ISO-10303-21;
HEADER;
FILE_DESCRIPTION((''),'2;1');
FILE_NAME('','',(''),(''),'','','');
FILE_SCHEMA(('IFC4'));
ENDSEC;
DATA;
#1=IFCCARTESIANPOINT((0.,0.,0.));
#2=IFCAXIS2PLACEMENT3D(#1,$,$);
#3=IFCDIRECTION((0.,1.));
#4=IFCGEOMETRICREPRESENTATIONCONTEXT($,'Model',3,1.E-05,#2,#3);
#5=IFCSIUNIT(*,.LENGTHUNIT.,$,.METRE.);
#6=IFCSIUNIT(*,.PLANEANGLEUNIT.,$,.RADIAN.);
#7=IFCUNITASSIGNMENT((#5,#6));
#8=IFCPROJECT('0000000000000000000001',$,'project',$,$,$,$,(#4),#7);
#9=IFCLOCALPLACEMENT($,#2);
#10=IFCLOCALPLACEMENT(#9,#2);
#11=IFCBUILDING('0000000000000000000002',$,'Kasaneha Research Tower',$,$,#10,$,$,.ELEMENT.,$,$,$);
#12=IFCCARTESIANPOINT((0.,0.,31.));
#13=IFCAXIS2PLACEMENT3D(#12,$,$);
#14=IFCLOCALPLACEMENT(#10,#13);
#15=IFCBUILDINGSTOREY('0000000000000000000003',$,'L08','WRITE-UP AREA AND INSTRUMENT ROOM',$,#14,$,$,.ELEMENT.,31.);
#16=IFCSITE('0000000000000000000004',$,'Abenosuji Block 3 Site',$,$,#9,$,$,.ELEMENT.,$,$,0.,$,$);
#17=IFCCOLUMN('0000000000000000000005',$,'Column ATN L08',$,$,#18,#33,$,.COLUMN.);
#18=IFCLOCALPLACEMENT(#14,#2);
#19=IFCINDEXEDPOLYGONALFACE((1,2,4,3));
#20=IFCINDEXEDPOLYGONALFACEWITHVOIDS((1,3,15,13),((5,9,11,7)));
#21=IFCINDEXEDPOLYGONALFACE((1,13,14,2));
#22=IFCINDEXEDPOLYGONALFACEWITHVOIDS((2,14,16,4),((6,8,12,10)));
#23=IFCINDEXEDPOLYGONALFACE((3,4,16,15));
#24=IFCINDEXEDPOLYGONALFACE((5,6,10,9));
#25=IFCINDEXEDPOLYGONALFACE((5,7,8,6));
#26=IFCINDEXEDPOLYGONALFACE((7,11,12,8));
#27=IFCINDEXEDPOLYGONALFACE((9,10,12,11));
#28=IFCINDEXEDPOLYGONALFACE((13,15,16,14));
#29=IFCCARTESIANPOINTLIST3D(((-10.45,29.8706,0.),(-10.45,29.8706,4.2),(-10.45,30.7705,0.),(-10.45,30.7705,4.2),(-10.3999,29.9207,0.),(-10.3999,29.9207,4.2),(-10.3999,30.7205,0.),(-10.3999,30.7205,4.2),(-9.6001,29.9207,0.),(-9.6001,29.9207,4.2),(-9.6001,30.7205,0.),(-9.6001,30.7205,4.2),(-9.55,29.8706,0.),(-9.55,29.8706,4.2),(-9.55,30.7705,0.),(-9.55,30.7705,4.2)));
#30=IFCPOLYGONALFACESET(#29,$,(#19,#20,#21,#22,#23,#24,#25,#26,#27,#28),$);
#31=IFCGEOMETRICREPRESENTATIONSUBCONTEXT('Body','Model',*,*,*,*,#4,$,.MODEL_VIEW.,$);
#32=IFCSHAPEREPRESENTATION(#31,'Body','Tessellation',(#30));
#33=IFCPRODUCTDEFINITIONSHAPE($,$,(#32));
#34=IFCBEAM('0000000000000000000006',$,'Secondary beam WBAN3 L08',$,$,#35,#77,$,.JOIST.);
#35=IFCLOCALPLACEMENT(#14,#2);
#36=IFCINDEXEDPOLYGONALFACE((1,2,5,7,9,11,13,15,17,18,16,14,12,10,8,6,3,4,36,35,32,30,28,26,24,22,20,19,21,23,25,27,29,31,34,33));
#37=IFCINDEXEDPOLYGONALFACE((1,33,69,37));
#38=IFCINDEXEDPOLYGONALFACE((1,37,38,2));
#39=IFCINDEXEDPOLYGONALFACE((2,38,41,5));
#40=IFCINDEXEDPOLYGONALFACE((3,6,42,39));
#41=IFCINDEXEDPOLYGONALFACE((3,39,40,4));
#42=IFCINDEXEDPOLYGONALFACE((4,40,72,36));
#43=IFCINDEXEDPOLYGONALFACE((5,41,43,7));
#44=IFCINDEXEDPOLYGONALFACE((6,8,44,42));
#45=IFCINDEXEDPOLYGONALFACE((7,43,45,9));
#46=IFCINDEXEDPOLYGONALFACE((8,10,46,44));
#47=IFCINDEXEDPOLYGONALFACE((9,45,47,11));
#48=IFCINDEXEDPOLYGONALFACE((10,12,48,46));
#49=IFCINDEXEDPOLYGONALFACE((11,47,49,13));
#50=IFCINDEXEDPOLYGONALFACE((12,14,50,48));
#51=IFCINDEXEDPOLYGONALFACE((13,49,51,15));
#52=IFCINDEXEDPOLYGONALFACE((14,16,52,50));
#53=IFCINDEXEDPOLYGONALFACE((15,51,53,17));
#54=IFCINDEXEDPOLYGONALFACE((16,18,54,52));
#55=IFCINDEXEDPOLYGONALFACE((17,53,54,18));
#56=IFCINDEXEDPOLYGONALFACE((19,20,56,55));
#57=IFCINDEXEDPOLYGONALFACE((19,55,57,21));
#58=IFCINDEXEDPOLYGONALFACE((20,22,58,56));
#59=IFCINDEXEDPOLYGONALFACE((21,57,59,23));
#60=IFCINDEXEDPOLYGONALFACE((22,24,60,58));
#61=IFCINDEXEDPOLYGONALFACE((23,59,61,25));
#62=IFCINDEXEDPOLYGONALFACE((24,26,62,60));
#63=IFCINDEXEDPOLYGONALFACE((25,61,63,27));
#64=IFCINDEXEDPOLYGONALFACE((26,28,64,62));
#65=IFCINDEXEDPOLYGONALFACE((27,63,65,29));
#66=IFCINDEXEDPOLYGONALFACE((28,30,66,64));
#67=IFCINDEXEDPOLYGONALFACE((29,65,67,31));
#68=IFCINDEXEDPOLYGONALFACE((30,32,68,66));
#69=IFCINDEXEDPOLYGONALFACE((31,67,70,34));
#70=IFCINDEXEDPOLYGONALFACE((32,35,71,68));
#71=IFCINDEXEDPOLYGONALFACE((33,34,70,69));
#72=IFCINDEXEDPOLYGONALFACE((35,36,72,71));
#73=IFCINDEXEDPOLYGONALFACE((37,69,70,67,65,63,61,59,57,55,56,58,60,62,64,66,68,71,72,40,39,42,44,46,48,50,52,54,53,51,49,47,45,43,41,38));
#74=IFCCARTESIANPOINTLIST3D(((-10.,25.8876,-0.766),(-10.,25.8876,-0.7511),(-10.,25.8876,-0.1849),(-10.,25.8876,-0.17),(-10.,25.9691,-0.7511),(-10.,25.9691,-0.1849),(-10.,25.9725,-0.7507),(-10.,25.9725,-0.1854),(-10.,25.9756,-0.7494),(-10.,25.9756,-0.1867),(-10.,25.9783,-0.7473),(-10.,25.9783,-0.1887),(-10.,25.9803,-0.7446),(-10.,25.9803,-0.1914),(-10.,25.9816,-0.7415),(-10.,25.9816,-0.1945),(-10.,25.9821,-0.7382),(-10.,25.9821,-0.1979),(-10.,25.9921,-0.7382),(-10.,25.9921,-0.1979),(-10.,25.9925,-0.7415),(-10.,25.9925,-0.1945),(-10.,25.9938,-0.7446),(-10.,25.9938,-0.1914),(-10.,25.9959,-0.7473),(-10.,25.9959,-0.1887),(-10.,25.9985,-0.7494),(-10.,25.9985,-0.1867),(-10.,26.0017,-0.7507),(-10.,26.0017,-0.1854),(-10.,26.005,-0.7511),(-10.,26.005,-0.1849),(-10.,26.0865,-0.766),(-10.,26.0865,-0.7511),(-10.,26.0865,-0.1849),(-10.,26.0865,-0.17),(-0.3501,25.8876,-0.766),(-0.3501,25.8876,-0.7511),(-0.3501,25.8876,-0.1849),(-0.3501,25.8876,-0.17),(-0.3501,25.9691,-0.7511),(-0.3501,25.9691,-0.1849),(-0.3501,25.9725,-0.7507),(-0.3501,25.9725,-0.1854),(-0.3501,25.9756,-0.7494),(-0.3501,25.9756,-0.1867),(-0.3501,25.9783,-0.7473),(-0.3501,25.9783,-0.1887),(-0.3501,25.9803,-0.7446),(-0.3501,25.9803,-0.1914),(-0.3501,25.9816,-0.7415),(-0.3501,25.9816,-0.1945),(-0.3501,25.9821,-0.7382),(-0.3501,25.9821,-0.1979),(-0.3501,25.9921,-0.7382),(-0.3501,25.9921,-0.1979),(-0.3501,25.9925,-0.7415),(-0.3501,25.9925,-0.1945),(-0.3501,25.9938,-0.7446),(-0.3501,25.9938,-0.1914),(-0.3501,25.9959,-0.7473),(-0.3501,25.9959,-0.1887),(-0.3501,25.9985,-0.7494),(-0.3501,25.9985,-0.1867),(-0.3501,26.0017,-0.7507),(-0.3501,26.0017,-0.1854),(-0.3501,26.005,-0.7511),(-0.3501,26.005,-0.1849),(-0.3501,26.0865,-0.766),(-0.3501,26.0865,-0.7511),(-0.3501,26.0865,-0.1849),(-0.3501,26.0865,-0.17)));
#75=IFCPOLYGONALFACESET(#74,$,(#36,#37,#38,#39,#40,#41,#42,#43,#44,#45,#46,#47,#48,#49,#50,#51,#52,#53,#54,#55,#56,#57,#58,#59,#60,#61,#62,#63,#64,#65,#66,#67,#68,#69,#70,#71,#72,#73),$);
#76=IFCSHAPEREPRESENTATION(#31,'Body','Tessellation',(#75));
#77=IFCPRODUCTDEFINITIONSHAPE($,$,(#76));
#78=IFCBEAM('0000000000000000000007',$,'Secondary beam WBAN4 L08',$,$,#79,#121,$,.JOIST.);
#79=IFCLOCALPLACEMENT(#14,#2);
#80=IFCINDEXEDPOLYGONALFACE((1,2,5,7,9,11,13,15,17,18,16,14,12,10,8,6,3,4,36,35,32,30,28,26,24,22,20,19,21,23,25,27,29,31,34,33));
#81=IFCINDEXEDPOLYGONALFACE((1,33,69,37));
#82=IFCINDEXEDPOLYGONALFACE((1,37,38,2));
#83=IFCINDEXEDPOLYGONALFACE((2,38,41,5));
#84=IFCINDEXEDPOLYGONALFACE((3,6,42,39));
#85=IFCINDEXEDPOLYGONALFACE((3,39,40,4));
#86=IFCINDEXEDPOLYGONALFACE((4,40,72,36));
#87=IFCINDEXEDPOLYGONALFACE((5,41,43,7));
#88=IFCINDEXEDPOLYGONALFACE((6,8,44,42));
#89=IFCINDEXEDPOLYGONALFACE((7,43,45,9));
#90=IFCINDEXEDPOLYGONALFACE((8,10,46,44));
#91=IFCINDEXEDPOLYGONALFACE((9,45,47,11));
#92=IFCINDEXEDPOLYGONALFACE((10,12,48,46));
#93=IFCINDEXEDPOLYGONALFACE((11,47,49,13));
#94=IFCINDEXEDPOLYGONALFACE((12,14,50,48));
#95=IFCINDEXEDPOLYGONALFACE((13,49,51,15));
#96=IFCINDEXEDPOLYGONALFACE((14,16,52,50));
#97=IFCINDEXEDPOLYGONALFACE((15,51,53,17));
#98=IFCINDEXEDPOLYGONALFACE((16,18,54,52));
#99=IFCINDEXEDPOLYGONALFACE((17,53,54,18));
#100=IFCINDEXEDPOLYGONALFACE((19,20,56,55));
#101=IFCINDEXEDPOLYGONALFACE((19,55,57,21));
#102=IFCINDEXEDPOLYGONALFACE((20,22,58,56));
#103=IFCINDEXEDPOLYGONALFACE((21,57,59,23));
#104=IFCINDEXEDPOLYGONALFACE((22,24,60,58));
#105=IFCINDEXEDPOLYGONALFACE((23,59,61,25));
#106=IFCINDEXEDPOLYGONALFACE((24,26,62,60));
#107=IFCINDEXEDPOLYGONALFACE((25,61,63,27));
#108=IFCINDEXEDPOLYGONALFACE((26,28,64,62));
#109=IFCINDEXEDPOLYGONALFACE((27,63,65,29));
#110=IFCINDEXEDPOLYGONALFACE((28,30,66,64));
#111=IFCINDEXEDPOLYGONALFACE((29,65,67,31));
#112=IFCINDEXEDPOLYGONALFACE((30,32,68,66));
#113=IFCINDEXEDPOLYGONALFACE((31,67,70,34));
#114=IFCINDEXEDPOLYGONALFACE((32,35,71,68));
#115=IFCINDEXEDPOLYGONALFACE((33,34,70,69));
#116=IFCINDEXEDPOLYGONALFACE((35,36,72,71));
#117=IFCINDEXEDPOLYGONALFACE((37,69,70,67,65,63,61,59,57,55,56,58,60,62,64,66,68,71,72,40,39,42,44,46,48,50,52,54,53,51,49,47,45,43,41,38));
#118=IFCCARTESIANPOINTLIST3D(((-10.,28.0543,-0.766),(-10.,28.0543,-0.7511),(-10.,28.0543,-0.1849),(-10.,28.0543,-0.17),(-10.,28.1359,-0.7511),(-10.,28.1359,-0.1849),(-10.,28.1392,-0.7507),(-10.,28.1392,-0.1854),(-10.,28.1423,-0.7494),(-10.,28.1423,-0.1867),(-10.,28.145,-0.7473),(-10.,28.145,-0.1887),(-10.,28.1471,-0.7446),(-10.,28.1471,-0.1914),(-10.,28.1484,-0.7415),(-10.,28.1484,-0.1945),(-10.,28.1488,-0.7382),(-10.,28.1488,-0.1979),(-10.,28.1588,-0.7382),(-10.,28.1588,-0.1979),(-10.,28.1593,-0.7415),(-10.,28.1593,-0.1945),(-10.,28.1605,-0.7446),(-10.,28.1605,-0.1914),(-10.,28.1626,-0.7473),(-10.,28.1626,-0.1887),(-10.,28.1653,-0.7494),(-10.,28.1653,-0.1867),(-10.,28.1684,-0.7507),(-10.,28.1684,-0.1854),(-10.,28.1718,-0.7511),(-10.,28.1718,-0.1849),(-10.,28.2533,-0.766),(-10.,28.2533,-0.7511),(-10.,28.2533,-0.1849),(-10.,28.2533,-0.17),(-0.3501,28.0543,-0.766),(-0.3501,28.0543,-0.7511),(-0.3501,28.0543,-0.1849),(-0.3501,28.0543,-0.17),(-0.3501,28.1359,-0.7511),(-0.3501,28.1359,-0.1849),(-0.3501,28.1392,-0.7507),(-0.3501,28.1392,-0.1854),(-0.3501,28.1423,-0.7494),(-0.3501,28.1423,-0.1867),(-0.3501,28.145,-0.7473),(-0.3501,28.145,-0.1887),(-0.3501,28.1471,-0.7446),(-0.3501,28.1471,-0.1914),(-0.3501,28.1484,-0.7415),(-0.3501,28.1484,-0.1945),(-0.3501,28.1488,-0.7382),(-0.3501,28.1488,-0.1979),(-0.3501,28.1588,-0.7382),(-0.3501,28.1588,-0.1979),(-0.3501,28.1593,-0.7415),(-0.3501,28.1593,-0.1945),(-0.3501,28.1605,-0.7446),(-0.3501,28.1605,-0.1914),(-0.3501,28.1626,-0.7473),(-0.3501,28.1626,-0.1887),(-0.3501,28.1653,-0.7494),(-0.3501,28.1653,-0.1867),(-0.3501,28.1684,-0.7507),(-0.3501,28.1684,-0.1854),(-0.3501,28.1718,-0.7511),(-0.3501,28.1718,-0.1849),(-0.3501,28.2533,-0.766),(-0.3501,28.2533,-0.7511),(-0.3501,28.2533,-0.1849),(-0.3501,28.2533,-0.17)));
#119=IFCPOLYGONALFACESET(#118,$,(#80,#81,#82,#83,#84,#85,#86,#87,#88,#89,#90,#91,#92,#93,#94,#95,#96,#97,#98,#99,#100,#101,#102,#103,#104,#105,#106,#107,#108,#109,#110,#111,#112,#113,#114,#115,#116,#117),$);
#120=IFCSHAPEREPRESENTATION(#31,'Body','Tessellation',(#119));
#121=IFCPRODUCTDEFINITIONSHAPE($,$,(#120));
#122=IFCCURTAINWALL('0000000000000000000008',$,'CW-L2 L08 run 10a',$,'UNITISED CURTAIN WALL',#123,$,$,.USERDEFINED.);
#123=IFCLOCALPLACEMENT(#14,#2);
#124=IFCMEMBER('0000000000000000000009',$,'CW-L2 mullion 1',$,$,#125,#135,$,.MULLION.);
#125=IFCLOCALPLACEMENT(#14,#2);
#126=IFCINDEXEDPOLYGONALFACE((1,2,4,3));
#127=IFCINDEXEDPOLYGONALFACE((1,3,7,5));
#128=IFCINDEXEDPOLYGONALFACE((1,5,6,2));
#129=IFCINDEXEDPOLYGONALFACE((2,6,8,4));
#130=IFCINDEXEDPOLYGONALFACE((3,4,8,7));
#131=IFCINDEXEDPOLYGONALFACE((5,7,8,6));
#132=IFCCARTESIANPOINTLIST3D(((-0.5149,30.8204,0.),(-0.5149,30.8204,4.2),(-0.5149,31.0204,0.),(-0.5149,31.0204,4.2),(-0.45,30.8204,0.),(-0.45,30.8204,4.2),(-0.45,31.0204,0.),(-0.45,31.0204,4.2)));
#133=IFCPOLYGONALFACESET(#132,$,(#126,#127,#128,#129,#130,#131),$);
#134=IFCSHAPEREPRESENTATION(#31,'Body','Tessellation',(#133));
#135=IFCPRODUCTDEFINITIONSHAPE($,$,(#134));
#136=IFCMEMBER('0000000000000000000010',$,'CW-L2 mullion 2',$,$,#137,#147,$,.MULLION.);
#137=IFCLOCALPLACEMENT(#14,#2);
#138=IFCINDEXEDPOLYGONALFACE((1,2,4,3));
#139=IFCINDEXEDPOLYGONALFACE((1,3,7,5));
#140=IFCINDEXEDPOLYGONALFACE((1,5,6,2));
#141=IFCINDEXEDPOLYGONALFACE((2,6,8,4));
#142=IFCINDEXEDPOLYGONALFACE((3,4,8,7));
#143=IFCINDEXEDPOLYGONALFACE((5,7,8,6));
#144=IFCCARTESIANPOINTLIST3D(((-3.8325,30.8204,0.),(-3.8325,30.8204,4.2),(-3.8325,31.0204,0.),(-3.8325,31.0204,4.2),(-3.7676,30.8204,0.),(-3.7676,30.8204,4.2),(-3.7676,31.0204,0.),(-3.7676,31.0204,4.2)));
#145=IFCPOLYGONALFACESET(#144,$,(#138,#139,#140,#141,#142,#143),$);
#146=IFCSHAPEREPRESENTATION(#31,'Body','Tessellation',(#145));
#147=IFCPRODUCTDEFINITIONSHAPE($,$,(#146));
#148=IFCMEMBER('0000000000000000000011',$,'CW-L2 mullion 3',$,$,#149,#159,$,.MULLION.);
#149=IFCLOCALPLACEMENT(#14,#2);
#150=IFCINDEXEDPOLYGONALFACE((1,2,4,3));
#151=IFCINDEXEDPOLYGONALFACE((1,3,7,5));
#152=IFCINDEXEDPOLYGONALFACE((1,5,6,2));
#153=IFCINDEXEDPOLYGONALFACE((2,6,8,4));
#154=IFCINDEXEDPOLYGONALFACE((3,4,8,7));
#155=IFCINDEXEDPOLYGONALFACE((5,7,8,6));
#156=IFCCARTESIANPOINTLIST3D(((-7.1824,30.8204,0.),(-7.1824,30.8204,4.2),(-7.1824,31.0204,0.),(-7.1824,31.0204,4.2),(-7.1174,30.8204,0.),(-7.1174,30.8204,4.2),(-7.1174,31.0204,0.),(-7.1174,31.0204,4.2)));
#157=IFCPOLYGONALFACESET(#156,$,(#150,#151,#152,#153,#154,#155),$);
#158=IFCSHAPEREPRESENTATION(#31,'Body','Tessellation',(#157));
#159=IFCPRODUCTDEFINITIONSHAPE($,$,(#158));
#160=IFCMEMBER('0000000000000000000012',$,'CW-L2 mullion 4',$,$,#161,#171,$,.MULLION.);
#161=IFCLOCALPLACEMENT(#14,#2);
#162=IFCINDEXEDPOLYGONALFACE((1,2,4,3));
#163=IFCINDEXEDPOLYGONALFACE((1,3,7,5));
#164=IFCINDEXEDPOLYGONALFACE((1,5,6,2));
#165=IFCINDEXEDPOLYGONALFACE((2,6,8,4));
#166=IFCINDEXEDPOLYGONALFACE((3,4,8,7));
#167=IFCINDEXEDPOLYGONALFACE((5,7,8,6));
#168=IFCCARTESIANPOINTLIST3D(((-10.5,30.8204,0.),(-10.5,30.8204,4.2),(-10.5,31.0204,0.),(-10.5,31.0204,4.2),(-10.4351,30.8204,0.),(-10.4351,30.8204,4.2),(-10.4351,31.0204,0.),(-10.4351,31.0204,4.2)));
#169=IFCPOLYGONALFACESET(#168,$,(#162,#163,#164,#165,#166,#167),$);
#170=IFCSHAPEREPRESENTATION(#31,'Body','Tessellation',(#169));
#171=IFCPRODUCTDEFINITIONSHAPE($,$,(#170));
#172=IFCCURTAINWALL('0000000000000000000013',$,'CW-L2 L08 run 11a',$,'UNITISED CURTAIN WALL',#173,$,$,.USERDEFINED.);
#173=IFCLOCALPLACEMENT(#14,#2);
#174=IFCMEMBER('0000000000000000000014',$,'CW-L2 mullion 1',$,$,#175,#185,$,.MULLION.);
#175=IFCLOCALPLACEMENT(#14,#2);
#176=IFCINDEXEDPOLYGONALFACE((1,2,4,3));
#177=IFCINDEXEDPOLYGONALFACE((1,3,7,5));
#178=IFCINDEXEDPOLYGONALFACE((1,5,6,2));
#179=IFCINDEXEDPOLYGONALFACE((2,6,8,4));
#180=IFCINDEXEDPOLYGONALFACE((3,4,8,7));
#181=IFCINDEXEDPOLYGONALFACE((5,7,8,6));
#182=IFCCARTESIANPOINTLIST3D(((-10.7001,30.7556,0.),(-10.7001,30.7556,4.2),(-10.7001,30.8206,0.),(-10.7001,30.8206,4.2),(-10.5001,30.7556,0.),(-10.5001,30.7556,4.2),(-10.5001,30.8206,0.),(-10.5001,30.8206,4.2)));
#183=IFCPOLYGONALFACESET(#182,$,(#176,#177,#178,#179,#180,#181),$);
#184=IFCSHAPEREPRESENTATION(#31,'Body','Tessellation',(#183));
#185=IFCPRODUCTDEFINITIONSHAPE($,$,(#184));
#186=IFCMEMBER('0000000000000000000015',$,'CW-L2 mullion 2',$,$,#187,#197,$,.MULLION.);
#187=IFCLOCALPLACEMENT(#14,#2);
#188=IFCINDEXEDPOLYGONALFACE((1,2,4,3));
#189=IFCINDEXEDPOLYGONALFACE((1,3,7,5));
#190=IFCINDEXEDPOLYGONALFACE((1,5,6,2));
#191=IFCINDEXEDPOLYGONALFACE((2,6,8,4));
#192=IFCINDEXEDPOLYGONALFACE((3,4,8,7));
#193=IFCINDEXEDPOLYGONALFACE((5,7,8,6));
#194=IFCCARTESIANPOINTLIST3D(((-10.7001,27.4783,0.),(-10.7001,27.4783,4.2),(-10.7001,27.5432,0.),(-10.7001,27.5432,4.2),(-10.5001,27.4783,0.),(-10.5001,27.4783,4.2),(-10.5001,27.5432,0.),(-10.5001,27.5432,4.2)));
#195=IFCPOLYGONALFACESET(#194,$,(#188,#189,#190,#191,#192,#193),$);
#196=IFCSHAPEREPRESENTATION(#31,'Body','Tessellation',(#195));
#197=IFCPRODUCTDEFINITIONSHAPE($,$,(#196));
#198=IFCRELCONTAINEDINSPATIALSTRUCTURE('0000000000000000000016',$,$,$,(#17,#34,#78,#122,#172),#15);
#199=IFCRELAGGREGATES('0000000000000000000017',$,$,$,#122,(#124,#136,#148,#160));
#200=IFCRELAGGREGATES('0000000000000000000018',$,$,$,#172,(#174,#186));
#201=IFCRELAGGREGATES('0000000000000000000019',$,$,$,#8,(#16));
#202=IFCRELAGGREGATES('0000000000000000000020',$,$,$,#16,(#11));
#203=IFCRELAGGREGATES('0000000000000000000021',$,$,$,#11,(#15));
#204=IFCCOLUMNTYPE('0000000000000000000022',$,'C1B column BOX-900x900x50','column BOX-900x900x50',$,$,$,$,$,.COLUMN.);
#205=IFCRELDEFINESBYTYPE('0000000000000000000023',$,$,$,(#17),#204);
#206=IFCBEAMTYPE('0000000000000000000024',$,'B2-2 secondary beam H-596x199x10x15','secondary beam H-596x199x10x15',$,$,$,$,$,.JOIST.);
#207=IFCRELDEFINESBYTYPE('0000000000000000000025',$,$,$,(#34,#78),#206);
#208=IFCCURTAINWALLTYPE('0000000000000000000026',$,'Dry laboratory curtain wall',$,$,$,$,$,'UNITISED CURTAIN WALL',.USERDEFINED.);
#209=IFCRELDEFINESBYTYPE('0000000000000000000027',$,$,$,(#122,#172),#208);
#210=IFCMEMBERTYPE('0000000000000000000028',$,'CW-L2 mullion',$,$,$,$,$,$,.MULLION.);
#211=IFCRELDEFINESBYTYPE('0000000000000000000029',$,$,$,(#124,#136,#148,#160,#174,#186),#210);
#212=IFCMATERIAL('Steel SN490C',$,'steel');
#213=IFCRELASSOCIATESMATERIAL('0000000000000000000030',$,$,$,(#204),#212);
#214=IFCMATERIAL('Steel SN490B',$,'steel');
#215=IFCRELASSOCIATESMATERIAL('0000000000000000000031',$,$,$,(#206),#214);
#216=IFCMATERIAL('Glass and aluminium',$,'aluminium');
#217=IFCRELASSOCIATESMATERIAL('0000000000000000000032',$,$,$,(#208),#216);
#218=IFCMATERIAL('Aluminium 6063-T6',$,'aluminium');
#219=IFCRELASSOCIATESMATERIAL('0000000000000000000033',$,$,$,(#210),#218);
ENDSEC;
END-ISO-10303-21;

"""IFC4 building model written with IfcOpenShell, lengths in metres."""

from ifc_helpers import new_model, si_unit, direction, frame, origin, origin_2d, place, context, subcontext, project, spatial, rectangle, hollow_rectangle, i_section, extrude, material, material_profile, profile_set, type_object, element, aggregate, save


model = new_model("IFC4")

# Units and contexts
model_context = context("Model", 3, precision=1e-05, world=origin(), true_north=direction((0.0, 1.0)))
body_context = subcontext(model_context, "Body", "Model", "MODEL_VIEW")
ifc_project = project(units=[si_unit("LENGTHUNIT", "METRE"), si_unit("PLANEANGLEUNIT", "RADIAN")], contexts=[model_context])

# Site, building, storey
site_placement = place(None, origin())
site = spatial("IfcSite", under=ifc_project, at=site_placement, Name="Abenosuji Block 3 Site", CompositionType="ELEMENT", RefElevation=0.0)
building_placement = place(site_placement, origin())
building = spatial("IfcBuilding", under=site, at=building_placement, Name="Kasaneha Research Tower", CompositionType="ELEMENT")
storey_placement = place(building_placement, frame((0.0, 0.0, 31.0)))
storey = spatial("IfcBuildingStorey", under=building, at=storey_placement, Name="L08", Description="WRITE-UP AREA AND INSTRUMENT ROOM", CompositionType="ELEMENT", Elevation=31.0)

# Column
ifc_material_1 = material(Name="Steel SN490C", Category="steel")
ifc_material_profile_1 = material_profile(ifc_material_1, hollow_rectangle(XDim=0.8999, YDim=0.8999, WallThickness=0.05, at=origin_2d()), Name="BOX-900x900x50")
ifc_profile_set_1 = profile_set([ifc_material_profile_1], Name="Steel SN490C")
column_type = type_object("IfcColumnType", Name="C1B column BOX-900x900x50", Description="column BOX-900x900x50", PredefinedType="COLUMN", material=ifc_profile_set_1)
column_placement = place(storey_placement, frame((-10.0, 30.3206, 0.0), z_axis=(0.0, 0.0, 1.0), x_axis=(1.0, 0.0, 0.0)))
element("IfcColumn", 1, at=column_placement, inside=storey, type_object=column_type, Name="Column ATN L08", PredefinedType="COLUMN", context=body_context, shape_type="SweptSolid", body=[
    extrude(hollow_rectangle(XDim=0.8999, YDim=0.8999, WallThickness=0.05, at=origin_2d()), origin(), (0.0, 0.0, 1.0), 4.2),
])

# Beams
ifc_material_2 = material(Name="Steel SN490B", Category="steel")
ifc_material_profile_2 = material_profile(ifc_material_2, i_section(OverallWidth=0.199, OverallDepth=0.5959, WebThickness=0.01, FlangeThickness=0.0149, FilletRadius=0.0129, at=origin_2d()), Name="H-596x199x10x15")
ifc_profile_set_2 = profile_set([ifc_material_profile_2], Name="Steel SN490B")
beam_type_1 = type_object("IfcBeamType", Name="B2-2 secondary beam H-596x199x10x15", Description="secondary beam H-596x199x10x15", PredefinedType="JOIST", material=ifc_profile_set_2)
for number, where, z_axis, x_axis, name in (
    (2, (-10.0, 25.9871, -0.468), (1.0, 0.0, 0.0), (0.0, 1.0, 0.0), "Secondary beam WBAN3 L08"),
    (3, (-10.0, 28.1538, -0.468), (1.0, 0.0, 0.0), (0.0, 1.0, 0.0), "Secondary beam WBAN4 L08"),
):
    element("IfcBeam", number, at=place(storey_placement, frame(where, z_axis=z_axis, x_axis=x_axis)), inside=storey, type_object=beam_type_1, Name=name, PredefinedType="JOIST", context=body_context, shape_type="SweptSolid", body=[
        extrude(i_section(OverallWidth=0.199, OverallDepth=0.5959, WebThickness=0.01, FlangeThickness=0.0149, FilletRadius=0.0129, at=origin_2d()), origin(), (0.0, 0.0, 1.0), 9.6499),
    ])

# Curtain walls, members
ifc_material_3 = material(Name="Glass and aluminium", Category="aluminium")
curtain_wall_type = type_object("IfcCurtainWallType", Name="Dry laboratory curtain wall", ElementType="UNITISED CURTAIN WALL", PredefinedType="USERDEFINED", material=ifc_material_3)
curtain_wall_1_placement = place(storey_placement, origin())
curtain_wall_1 = element("IfcCurtainWall", 4, at=curtain_wall_1_placement, inside=storey, type_object=curtain_wall_type, Name="CW-L2 L08 run 10a", ObjectType="UNITISED CURTAIN WALL", PredefinedType="USERDEFINED")
ifc_material_4 = material(Name="Aluminium 6063-T6", Category="aluminium")
ifc_material_profile_3 = material_profile(ifc_material_4, rectangle(XDim=0.0649, YDim=0.2, at=origin_2d()), Name="CW-L2 mullion 65x200")
ifc_profile_set_3 = profile_set([ifc_material_profile_3], Name="Aluminium 6063-T6")
member_type_1 = type_object("IfcMemberType", Name="CW-L2 mullion", PredefinedType="MULLION", material=ifc_profile_set_3)
member_1_placement = place(storey_placement, frame((-0.4824, 30.9204, 0.0), z_axis=(0.0, 0.0, 1.0), x_axis=(-1.0, 0.0, 0.0)))
member_1 = element("IfcMember", 5, at=member_1_placement, type_object=member_type_1, Name="CW-L2 mullion 1", PredefinedType="MULLION", context=body_context, shape_type="SweptSolid", body=[
    extrude(rectangle(XDim=0.0649, YDim=0.2, at=origin_2d()), origin(), (0.0, 0.0, 1.0), 4.2),
])
member_2_placement = place(storey_placement, frame((-3.8, 30.9204, 0.0), z_axis=(0.0, 0.0, 1.0), x_axis=(-1.0, 0.0, 0.0)))
member_2 = element("IfcMember", 6, at=member_2_placement, type_object=member_type_1, Name="CW-L2 mullion 2", PredefinedType="MULLION", context=body_context, shape_type="SweptSolid", body=[
    extrude(rectangle(XDim=0.0649, YDim=0.2, at=origin_2d()), origin(), (0.0, 0.0, 1.0), 4.2),
])
member_3_placement = place(storey_placement, frame((-7.1499, 30.9204, 0.0), z_axis=(0.0, 0.0, 1.0), x_axis=(-1.0, 0.0, 0.0)))
member_3 = element("IfcMember", 7, at=member_3_placement, type_object=member_type_1, Name="CW-L2 mullion 3", PredefinedType="MULLION", context=body_context, shape_type="SweptSolid", body=[
    extrude(rectangle(XDim=0.0649, YDim=0.2, at=origin_2d()), origin(), (0.0, 0.0, 1.0), 4.2),
])
member_4_placement = place(storey_placement, frame((-10.4675, 30.9204, 0.0), z_axis=(0.0, 0.0, 1.0), x_axis=(-1.0, 0.0, 0.0)))
member_4 = element("IfcMember", 8, at=member_4_placement, type_object=member_type_1, Name="CW-L2 mullion 4", PredefinedType="MULLION", context=body_context, shape_type="SweptSolid", body=[
    extrude(rectangle(XDim=0.0649, YDim=0.2, at=origin_2d()), origin(), (0.0, 0.0, 1.0), 4.2),
])
curtain_wall_2_placement = place(storey_placement, origin())
curtain_wall_2 = element("IfcCurtainWall", 9, at=curtain_wall_2_placement, inside=storey, type_object=curtain_wall_type, Name="CW-L2 L08 run 11a", ObjectType="UNITISED CURTAIN WALL", PredefinedType="USERDEFINED")
member_5_placement = place(storey_placement, frame((-10.6001, 30.7881, 0.0), z_axis=(0.0, 0.0, 1.0), x_axis=(0.0, -1.0, 0.0)))
member_5 = element("IfcMember", 10, at=member_5_placement, type_object=member_type_1, Name="CW-L2 mullion 1", PredefinedType="MULLION", context=body_context, shape_type="SweptSolid", body=[
    extrude(rectangle(XDim=0.0649, YDim=0.2, at=origin_2d()), origin(), (0.0, 0.0, 1.0), 4.2),
])
member_6_placement = place(storey_placement, frame((-10.6001, 27.5107, 0.0), z_axis=(0.0, 0.0, 1.0), x_axis=(0.0, -1.0, 0.0)))
member_6 = element("IfcMember", 11, at=member_6_placement, type_object=member_type_1, Name="CW-L2 mullion 2", PredefinedType="MULLION", context=body_context, shape_type="SweptSolid", body=[
    extrude(rectangle(XDim=0.0649, YDim=0.2, at=origin_2d()), origin(), (0.0, 0.0, 1.0), 4.2),
])

aggregate(curtain_wall_1, [member_1, member_2, member_3, member_4])
aggregate(curtain_wall_2, [member_5, member_6])

save(model, "model.ifc")
